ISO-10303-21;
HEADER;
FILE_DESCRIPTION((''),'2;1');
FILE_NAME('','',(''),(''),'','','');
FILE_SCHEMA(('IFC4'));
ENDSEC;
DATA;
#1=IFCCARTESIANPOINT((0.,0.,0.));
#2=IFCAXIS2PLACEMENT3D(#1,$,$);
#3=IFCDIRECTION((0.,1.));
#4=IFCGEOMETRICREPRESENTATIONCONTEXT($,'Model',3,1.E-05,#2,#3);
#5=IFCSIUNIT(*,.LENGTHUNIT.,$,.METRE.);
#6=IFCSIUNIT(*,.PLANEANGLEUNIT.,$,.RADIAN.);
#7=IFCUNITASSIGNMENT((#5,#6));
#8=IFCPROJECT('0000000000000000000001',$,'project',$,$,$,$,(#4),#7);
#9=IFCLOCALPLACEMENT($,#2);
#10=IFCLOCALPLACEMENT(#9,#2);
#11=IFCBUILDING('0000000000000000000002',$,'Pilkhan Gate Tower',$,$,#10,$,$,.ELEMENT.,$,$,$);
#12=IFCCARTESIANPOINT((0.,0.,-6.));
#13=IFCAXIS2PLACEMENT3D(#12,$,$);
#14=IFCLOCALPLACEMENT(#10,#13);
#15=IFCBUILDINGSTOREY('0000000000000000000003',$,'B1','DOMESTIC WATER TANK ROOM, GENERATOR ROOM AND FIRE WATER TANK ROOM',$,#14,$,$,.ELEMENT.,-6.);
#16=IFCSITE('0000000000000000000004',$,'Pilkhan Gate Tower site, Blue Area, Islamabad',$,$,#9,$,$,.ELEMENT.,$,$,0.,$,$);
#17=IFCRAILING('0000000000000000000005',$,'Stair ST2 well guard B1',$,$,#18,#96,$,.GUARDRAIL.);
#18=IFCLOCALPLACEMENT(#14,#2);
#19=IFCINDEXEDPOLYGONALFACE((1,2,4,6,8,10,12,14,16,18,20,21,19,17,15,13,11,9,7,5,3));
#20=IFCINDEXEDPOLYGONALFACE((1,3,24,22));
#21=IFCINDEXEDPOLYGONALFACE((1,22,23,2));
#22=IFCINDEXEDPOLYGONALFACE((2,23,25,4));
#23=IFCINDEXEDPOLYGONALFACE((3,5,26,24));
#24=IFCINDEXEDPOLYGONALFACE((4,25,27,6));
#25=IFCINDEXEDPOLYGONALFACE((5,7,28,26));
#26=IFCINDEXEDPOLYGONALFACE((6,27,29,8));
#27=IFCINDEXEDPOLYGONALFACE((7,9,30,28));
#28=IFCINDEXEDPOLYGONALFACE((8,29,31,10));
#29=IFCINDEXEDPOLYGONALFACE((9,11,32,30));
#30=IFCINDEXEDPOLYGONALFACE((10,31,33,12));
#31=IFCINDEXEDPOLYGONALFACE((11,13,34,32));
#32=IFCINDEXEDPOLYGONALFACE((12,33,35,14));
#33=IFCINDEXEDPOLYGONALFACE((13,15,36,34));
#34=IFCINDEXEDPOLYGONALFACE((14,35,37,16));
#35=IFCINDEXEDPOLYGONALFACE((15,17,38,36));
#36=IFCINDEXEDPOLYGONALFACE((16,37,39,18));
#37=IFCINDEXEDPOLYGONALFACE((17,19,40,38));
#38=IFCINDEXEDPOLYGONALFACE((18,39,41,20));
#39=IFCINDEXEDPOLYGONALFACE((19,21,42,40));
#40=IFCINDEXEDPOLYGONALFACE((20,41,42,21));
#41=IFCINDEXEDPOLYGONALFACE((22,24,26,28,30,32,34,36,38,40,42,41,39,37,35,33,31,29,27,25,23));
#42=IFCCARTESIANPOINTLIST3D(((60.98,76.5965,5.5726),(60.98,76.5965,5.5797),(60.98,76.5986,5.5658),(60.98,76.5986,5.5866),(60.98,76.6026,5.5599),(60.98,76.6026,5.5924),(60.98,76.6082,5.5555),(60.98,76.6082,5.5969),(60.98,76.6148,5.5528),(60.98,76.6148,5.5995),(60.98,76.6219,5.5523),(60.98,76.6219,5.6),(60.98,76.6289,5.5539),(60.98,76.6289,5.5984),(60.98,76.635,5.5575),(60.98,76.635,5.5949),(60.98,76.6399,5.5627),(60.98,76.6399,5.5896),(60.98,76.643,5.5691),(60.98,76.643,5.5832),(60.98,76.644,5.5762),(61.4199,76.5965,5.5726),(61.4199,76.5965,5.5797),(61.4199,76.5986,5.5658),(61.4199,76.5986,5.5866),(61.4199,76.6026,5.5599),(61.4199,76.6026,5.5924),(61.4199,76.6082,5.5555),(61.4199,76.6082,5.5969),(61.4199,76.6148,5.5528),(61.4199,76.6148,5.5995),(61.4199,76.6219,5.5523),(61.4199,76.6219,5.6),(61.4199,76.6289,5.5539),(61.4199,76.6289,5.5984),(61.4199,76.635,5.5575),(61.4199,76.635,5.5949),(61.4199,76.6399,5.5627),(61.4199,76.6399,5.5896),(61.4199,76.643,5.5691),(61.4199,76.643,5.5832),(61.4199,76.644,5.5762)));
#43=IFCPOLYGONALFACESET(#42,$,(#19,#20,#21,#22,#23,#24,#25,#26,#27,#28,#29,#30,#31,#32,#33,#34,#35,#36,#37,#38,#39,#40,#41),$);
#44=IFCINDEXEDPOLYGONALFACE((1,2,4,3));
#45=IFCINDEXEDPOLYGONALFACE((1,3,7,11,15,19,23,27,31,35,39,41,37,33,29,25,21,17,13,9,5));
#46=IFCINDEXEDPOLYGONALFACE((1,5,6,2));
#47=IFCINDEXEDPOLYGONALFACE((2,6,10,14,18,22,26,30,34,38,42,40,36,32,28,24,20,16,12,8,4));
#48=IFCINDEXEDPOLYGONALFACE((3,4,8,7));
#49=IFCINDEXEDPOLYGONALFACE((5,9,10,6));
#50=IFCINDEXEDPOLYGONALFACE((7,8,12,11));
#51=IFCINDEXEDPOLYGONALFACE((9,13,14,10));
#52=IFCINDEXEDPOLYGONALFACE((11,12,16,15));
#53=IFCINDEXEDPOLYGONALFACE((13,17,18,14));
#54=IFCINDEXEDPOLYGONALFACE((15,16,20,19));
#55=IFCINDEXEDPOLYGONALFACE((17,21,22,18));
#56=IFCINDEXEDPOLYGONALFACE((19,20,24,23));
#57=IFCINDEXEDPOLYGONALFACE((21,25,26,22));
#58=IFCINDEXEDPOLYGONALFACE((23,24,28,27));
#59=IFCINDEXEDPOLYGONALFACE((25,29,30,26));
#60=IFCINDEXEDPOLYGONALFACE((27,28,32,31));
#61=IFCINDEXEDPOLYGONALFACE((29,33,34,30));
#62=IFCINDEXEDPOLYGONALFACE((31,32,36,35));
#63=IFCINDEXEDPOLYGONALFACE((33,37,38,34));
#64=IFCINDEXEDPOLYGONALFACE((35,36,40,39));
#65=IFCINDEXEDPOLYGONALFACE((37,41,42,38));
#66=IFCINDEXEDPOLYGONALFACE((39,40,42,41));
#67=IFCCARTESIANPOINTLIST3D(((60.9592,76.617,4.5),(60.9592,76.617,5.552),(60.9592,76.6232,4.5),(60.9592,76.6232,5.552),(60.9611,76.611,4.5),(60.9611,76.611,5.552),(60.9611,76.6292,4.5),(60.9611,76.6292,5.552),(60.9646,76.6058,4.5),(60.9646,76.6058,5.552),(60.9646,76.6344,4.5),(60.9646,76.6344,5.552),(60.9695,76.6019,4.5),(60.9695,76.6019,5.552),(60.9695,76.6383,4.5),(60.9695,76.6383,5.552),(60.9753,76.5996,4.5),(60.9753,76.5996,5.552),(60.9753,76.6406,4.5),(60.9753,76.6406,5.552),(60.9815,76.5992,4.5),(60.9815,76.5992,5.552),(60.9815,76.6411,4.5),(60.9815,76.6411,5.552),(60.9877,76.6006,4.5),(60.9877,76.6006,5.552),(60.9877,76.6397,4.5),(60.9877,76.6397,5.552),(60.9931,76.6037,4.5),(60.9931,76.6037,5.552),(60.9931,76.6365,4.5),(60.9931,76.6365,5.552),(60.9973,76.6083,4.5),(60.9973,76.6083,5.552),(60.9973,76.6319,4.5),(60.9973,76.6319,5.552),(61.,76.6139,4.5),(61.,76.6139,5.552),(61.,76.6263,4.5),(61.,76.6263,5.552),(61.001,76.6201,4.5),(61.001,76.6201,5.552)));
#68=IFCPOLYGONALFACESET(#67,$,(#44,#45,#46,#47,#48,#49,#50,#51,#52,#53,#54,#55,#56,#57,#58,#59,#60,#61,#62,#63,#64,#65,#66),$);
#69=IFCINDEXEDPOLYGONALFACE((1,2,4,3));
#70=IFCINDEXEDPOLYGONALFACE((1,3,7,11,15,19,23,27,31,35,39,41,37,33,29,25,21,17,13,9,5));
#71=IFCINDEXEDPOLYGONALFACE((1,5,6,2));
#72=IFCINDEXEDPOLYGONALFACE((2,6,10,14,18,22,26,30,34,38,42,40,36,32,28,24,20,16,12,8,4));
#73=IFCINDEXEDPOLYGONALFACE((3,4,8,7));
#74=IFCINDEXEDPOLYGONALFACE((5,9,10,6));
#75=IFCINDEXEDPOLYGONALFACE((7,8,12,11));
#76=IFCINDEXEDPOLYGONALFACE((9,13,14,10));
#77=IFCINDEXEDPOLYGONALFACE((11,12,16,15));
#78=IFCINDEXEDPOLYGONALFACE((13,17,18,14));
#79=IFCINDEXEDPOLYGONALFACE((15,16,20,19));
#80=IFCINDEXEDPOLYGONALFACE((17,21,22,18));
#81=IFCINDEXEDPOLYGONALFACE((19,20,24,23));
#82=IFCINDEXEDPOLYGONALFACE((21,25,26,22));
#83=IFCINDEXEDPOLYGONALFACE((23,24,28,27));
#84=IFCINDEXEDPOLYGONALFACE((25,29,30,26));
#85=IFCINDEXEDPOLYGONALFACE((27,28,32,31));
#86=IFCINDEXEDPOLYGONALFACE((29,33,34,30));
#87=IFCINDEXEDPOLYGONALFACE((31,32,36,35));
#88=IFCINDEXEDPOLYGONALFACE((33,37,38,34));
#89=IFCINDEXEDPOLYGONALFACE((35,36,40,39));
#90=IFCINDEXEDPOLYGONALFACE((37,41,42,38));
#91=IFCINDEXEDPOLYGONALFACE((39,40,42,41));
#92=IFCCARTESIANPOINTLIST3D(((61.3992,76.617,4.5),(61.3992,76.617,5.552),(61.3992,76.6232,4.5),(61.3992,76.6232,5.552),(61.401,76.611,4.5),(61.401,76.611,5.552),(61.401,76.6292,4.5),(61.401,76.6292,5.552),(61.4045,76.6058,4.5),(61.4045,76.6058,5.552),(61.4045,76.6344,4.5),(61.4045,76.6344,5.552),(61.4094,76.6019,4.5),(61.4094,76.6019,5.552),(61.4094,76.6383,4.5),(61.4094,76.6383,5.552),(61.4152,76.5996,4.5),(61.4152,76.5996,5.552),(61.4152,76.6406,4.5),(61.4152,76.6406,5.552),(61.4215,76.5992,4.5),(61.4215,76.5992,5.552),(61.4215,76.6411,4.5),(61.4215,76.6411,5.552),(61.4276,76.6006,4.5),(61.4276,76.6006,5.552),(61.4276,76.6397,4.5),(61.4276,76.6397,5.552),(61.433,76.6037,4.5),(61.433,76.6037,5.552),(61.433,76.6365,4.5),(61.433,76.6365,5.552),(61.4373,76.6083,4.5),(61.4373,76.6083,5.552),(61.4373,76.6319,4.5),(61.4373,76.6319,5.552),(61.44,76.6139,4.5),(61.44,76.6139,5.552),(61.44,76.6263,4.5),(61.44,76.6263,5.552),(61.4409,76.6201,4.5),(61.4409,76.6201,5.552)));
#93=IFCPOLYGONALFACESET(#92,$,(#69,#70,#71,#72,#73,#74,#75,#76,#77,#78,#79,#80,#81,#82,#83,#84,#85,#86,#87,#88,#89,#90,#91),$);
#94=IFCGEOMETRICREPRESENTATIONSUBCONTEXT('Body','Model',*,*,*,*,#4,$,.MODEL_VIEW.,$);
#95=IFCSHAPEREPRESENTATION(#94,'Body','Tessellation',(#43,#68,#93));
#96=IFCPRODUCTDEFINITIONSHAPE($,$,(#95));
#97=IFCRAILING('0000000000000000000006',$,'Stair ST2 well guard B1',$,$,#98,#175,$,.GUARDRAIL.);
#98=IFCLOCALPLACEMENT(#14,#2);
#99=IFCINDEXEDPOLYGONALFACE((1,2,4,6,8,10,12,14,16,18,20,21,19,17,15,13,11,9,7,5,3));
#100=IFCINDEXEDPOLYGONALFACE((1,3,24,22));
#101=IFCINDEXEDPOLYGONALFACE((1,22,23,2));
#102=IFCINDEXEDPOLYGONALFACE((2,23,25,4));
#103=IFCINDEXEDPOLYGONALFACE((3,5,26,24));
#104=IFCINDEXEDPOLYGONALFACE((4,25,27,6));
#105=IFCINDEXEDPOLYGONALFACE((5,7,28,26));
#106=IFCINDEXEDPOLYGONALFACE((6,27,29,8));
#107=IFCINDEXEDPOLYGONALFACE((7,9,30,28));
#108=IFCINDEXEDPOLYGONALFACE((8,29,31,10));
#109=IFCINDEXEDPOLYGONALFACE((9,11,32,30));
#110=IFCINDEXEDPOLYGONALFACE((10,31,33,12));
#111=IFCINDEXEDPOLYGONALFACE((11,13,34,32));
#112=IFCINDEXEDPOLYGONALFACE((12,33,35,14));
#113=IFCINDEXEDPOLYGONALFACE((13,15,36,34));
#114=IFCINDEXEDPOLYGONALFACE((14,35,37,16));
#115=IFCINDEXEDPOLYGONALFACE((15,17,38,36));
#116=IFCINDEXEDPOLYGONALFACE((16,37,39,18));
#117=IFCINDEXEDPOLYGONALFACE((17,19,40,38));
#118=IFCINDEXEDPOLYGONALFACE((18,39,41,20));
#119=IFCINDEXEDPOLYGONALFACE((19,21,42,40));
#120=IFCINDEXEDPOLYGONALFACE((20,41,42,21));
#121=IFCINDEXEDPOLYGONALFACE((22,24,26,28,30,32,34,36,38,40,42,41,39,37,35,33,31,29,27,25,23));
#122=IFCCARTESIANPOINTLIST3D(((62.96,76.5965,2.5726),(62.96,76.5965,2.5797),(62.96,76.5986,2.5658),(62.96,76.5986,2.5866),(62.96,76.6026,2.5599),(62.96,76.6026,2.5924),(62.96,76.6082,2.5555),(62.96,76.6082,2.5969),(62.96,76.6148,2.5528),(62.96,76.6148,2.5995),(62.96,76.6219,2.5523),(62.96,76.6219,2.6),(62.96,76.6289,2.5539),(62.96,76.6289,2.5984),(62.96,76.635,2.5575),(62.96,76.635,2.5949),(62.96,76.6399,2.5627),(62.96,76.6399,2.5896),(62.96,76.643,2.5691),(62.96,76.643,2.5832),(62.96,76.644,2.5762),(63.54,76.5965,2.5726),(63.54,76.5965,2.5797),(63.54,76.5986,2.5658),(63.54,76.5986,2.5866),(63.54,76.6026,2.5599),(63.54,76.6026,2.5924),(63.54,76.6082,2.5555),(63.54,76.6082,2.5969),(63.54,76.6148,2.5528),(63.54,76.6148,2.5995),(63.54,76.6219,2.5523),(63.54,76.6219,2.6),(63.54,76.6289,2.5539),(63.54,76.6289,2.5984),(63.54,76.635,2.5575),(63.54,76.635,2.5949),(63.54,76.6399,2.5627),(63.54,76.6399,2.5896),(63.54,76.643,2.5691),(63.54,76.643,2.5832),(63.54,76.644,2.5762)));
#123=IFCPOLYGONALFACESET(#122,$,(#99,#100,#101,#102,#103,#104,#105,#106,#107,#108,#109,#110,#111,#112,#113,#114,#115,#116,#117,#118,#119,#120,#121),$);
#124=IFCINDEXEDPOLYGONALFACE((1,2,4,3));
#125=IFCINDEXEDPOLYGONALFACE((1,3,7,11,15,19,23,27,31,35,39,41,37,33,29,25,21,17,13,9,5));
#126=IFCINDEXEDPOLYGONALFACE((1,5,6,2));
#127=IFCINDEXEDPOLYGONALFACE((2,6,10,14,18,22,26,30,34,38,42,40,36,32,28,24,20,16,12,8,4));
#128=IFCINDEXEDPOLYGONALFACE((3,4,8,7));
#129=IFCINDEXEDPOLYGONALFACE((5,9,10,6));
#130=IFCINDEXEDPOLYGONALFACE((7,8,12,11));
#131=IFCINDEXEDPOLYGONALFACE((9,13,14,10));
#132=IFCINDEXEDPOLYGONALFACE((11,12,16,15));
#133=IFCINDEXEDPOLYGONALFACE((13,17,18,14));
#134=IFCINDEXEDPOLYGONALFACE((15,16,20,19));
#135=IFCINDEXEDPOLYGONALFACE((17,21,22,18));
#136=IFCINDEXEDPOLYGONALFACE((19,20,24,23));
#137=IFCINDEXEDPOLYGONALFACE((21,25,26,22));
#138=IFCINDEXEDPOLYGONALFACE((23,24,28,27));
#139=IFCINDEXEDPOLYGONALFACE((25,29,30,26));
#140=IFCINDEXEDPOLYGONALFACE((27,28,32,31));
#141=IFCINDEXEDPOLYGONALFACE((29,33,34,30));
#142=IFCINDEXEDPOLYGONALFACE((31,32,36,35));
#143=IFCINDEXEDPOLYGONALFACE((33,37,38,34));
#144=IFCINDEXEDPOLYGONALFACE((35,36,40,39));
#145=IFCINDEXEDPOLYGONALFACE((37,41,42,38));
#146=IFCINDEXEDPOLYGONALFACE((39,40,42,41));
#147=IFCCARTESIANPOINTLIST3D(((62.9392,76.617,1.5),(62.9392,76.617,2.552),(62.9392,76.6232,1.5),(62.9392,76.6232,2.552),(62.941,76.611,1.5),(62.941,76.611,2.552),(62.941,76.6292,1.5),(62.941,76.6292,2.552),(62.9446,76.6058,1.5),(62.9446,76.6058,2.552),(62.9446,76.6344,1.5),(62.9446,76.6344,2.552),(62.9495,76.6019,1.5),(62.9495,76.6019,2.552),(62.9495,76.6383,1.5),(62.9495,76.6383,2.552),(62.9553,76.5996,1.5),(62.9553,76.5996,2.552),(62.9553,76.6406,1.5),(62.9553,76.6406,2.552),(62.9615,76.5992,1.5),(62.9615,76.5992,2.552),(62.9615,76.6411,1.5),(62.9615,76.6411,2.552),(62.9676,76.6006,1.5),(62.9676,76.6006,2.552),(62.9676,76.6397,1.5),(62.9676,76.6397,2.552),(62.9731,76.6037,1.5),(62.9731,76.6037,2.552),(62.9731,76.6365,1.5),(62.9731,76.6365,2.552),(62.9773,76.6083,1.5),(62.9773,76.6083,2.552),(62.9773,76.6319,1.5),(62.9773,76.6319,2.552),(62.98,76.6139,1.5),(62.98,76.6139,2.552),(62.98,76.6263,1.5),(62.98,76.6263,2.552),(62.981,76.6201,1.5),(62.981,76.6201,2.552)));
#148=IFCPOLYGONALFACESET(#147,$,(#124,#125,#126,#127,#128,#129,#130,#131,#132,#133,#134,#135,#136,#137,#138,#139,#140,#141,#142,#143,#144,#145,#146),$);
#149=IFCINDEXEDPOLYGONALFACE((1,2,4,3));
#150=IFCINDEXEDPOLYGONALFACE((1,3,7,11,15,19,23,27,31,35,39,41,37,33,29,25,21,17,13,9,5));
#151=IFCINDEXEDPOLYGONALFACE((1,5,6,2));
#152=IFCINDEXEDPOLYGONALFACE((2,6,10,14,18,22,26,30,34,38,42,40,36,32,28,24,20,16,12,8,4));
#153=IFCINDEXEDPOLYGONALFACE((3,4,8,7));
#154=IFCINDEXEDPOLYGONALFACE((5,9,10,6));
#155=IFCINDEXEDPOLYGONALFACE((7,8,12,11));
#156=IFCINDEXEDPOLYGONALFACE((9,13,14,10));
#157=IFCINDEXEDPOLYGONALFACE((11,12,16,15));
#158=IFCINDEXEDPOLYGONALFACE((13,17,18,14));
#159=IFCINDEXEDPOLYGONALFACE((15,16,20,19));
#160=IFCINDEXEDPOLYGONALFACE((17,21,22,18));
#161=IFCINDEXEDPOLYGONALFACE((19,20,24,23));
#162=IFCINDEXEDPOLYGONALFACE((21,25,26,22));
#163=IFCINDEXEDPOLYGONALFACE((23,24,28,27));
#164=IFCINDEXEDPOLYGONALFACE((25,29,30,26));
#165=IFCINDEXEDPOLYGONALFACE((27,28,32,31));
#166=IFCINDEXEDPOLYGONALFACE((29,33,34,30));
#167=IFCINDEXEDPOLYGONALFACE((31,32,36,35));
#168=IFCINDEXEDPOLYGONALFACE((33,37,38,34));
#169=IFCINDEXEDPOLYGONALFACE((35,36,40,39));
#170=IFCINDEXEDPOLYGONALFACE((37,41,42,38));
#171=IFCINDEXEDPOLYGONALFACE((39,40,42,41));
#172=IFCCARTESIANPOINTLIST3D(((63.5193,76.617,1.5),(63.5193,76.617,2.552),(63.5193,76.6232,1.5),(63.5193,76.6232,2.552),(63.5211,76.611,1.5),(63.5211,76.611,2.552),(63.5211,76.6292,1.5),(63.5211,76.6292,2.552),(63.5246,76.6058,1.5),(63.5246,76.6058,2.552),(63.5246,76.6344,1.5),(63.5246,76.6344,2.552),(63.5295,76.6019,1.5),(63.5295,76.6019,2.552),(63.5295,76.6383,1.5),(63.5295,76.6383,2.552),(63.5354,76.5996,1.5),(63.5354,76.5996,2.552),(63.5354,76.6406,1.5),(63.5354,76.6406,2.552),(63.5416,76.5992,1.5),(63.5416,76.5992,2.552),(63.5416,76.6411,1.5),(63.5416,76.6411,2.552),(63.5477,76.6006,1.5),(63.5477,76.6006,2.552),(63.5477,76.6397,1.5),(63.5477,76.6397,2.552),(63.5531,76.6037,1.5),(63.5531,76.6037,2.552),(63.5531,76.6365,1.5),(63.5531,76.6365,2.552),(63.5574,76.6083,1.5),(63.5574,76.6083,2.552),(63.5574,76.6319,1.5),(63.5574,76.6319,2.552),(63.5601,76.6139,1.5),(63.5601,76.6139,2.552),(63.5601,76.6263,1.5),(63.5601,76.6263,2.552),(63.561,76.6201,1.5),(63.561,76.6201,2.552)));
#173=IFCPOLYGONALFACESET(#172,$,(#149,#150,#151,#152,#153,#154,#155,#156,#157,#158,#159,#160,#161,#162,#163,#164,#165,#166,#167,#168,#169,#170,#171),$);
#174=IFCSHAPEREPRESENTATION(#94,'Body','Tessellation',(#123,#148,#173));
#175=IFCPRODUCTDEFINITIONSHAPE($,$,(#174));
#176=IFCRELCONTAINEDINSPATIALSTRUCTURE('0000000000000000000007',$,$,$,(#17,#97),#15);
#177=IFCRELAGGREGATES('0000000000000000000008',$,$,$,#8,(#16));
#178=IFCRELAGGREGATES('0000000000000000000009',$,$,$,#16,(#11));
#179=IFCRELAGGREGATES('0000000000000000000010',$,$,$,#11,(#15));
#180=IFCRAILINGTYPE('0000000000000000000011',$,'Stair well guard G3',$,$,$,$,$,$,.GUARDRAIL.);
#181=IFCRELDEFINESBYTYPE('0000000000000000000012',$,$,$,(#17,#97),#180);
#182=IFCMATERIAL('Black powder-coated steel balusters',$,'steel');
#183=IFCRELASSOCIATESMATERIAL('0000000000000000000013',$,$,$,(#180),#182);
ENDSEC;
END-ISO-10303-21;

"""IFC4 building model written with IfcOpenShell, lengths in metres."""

from ifc_helpers import new_model, si_unit, direction, frame, origin, origin_2d, place, context, subcontext, project, spatial, circle, extrude, material, type_object, element, save


model = new_model("IFC4")

# Units and contexts
model_context = context("Model", 3, precision=1e-05, world=origin(), true_north=direction((0.0, 1.0)))
body_context = subcontext(model_context, "Body", "Model", "MODEL_VIEW")
ifc_project = project(units=[si_unit("LENGTHUNIT", "METRE"), si_unit("PLANEANGLEUNIT", "RADIAN")], contexts=[model_context])

# Site, building, storey
site_placement = place(None, origin())
site = spatial("IfcSite", under=ifc_project, at=site_placement, Name="Pilkhan Gate Tower site, Blue Area, Islamabad", CompositionType="ELEMENT", RefElevation=0.0)
building_placement = place(site_placement, origin())
building = spatial("IfcBuilding", under=site, at=building_placement, Name="Pilkhan Gate Tower", CompositionType="ELEMENT")
storey_placement = place(building_placement, frame((0.0, 0.0, -6.0)))
storey = spatial("IfcBuildingStorey", under=building, at=storey_placement, Name="B1", Description="DOMESTIC WATER TANK ROOM, GENERATOR ROOM AND FIRE WATER TANK ROOM", CompositionType="ELEMENT", Elevation=-6.0)

# Railings
ifc_material_1 = material(Name="Black powder-coated steel balusters", Category="steel")
railing_type_1 = type_object("IfcRailingType", Name="Stair well guard G3", PredefinedType="GUARDRAIL", material=ifc_material_1)
railing_1_placement = place(storey_placement, frame((60.98, 76.6201, 4.5)))
element("IfcRailing", 1, at=railing_1_placement, inside=storey, type_object=railing_type_1, Name="Stair ST2 well guard B1", PredefinedType="GUARDRAIL", context=body_context, shape_type="SweptSolid", body=[
    extrude(circle(Radius=0.0239, at=origin_2d()), frame((0.0, 0.0, 1.0762), z_axis=(1.0, 0.0, 0.0), x_axis=(0.0, 1.0, 0.0)), (0.0, 0.0, 1.0), 0.4399),
    extrude(circle(Radius=0.021, at=origin_2d()), origin(), (0.0, 0.0, 1.0), 1.052),
    extrude(circle(Radius=0.021, at=origin_2d()), frame((0.4399, 0.0, 0.0)), (0.0, 0.0, 1.0), 1.052),
])
for number, where, name in (
    (2, (62.96, 76.6201, 1.5), "Stair ST2 well guard B1"),
):
    element("IfcRailing", number, at=place(storey_placement, frame(where)), inside=storey, type_object=railing_type_1, Name=name, PredefinedType="GUARDRAIL", context=body_context, shape_type="SweptSolid", body=[
        extrude(circle(Radius=0.0239, at=origin_2d()), frame((0.0, 0.0, 1.0762), z_axis=(1.0, 0.0, 0.0), x_axis=(0.0, 1.0, 0.0)), (0.0, 0.0, 1.0), 0.5801),
        extrude(circle(Radius=0.021, at=origin_2d()), origin(), (0.0, 0.0, 1.0), 1.052),
        extrude(circle(Radius=0.021, at=origin_2d()), frame((0.5801, 0.0, 0.0)), (0.0, 0.0, 1.0), 1.052),
    ])

save(model, "model.ifc")
